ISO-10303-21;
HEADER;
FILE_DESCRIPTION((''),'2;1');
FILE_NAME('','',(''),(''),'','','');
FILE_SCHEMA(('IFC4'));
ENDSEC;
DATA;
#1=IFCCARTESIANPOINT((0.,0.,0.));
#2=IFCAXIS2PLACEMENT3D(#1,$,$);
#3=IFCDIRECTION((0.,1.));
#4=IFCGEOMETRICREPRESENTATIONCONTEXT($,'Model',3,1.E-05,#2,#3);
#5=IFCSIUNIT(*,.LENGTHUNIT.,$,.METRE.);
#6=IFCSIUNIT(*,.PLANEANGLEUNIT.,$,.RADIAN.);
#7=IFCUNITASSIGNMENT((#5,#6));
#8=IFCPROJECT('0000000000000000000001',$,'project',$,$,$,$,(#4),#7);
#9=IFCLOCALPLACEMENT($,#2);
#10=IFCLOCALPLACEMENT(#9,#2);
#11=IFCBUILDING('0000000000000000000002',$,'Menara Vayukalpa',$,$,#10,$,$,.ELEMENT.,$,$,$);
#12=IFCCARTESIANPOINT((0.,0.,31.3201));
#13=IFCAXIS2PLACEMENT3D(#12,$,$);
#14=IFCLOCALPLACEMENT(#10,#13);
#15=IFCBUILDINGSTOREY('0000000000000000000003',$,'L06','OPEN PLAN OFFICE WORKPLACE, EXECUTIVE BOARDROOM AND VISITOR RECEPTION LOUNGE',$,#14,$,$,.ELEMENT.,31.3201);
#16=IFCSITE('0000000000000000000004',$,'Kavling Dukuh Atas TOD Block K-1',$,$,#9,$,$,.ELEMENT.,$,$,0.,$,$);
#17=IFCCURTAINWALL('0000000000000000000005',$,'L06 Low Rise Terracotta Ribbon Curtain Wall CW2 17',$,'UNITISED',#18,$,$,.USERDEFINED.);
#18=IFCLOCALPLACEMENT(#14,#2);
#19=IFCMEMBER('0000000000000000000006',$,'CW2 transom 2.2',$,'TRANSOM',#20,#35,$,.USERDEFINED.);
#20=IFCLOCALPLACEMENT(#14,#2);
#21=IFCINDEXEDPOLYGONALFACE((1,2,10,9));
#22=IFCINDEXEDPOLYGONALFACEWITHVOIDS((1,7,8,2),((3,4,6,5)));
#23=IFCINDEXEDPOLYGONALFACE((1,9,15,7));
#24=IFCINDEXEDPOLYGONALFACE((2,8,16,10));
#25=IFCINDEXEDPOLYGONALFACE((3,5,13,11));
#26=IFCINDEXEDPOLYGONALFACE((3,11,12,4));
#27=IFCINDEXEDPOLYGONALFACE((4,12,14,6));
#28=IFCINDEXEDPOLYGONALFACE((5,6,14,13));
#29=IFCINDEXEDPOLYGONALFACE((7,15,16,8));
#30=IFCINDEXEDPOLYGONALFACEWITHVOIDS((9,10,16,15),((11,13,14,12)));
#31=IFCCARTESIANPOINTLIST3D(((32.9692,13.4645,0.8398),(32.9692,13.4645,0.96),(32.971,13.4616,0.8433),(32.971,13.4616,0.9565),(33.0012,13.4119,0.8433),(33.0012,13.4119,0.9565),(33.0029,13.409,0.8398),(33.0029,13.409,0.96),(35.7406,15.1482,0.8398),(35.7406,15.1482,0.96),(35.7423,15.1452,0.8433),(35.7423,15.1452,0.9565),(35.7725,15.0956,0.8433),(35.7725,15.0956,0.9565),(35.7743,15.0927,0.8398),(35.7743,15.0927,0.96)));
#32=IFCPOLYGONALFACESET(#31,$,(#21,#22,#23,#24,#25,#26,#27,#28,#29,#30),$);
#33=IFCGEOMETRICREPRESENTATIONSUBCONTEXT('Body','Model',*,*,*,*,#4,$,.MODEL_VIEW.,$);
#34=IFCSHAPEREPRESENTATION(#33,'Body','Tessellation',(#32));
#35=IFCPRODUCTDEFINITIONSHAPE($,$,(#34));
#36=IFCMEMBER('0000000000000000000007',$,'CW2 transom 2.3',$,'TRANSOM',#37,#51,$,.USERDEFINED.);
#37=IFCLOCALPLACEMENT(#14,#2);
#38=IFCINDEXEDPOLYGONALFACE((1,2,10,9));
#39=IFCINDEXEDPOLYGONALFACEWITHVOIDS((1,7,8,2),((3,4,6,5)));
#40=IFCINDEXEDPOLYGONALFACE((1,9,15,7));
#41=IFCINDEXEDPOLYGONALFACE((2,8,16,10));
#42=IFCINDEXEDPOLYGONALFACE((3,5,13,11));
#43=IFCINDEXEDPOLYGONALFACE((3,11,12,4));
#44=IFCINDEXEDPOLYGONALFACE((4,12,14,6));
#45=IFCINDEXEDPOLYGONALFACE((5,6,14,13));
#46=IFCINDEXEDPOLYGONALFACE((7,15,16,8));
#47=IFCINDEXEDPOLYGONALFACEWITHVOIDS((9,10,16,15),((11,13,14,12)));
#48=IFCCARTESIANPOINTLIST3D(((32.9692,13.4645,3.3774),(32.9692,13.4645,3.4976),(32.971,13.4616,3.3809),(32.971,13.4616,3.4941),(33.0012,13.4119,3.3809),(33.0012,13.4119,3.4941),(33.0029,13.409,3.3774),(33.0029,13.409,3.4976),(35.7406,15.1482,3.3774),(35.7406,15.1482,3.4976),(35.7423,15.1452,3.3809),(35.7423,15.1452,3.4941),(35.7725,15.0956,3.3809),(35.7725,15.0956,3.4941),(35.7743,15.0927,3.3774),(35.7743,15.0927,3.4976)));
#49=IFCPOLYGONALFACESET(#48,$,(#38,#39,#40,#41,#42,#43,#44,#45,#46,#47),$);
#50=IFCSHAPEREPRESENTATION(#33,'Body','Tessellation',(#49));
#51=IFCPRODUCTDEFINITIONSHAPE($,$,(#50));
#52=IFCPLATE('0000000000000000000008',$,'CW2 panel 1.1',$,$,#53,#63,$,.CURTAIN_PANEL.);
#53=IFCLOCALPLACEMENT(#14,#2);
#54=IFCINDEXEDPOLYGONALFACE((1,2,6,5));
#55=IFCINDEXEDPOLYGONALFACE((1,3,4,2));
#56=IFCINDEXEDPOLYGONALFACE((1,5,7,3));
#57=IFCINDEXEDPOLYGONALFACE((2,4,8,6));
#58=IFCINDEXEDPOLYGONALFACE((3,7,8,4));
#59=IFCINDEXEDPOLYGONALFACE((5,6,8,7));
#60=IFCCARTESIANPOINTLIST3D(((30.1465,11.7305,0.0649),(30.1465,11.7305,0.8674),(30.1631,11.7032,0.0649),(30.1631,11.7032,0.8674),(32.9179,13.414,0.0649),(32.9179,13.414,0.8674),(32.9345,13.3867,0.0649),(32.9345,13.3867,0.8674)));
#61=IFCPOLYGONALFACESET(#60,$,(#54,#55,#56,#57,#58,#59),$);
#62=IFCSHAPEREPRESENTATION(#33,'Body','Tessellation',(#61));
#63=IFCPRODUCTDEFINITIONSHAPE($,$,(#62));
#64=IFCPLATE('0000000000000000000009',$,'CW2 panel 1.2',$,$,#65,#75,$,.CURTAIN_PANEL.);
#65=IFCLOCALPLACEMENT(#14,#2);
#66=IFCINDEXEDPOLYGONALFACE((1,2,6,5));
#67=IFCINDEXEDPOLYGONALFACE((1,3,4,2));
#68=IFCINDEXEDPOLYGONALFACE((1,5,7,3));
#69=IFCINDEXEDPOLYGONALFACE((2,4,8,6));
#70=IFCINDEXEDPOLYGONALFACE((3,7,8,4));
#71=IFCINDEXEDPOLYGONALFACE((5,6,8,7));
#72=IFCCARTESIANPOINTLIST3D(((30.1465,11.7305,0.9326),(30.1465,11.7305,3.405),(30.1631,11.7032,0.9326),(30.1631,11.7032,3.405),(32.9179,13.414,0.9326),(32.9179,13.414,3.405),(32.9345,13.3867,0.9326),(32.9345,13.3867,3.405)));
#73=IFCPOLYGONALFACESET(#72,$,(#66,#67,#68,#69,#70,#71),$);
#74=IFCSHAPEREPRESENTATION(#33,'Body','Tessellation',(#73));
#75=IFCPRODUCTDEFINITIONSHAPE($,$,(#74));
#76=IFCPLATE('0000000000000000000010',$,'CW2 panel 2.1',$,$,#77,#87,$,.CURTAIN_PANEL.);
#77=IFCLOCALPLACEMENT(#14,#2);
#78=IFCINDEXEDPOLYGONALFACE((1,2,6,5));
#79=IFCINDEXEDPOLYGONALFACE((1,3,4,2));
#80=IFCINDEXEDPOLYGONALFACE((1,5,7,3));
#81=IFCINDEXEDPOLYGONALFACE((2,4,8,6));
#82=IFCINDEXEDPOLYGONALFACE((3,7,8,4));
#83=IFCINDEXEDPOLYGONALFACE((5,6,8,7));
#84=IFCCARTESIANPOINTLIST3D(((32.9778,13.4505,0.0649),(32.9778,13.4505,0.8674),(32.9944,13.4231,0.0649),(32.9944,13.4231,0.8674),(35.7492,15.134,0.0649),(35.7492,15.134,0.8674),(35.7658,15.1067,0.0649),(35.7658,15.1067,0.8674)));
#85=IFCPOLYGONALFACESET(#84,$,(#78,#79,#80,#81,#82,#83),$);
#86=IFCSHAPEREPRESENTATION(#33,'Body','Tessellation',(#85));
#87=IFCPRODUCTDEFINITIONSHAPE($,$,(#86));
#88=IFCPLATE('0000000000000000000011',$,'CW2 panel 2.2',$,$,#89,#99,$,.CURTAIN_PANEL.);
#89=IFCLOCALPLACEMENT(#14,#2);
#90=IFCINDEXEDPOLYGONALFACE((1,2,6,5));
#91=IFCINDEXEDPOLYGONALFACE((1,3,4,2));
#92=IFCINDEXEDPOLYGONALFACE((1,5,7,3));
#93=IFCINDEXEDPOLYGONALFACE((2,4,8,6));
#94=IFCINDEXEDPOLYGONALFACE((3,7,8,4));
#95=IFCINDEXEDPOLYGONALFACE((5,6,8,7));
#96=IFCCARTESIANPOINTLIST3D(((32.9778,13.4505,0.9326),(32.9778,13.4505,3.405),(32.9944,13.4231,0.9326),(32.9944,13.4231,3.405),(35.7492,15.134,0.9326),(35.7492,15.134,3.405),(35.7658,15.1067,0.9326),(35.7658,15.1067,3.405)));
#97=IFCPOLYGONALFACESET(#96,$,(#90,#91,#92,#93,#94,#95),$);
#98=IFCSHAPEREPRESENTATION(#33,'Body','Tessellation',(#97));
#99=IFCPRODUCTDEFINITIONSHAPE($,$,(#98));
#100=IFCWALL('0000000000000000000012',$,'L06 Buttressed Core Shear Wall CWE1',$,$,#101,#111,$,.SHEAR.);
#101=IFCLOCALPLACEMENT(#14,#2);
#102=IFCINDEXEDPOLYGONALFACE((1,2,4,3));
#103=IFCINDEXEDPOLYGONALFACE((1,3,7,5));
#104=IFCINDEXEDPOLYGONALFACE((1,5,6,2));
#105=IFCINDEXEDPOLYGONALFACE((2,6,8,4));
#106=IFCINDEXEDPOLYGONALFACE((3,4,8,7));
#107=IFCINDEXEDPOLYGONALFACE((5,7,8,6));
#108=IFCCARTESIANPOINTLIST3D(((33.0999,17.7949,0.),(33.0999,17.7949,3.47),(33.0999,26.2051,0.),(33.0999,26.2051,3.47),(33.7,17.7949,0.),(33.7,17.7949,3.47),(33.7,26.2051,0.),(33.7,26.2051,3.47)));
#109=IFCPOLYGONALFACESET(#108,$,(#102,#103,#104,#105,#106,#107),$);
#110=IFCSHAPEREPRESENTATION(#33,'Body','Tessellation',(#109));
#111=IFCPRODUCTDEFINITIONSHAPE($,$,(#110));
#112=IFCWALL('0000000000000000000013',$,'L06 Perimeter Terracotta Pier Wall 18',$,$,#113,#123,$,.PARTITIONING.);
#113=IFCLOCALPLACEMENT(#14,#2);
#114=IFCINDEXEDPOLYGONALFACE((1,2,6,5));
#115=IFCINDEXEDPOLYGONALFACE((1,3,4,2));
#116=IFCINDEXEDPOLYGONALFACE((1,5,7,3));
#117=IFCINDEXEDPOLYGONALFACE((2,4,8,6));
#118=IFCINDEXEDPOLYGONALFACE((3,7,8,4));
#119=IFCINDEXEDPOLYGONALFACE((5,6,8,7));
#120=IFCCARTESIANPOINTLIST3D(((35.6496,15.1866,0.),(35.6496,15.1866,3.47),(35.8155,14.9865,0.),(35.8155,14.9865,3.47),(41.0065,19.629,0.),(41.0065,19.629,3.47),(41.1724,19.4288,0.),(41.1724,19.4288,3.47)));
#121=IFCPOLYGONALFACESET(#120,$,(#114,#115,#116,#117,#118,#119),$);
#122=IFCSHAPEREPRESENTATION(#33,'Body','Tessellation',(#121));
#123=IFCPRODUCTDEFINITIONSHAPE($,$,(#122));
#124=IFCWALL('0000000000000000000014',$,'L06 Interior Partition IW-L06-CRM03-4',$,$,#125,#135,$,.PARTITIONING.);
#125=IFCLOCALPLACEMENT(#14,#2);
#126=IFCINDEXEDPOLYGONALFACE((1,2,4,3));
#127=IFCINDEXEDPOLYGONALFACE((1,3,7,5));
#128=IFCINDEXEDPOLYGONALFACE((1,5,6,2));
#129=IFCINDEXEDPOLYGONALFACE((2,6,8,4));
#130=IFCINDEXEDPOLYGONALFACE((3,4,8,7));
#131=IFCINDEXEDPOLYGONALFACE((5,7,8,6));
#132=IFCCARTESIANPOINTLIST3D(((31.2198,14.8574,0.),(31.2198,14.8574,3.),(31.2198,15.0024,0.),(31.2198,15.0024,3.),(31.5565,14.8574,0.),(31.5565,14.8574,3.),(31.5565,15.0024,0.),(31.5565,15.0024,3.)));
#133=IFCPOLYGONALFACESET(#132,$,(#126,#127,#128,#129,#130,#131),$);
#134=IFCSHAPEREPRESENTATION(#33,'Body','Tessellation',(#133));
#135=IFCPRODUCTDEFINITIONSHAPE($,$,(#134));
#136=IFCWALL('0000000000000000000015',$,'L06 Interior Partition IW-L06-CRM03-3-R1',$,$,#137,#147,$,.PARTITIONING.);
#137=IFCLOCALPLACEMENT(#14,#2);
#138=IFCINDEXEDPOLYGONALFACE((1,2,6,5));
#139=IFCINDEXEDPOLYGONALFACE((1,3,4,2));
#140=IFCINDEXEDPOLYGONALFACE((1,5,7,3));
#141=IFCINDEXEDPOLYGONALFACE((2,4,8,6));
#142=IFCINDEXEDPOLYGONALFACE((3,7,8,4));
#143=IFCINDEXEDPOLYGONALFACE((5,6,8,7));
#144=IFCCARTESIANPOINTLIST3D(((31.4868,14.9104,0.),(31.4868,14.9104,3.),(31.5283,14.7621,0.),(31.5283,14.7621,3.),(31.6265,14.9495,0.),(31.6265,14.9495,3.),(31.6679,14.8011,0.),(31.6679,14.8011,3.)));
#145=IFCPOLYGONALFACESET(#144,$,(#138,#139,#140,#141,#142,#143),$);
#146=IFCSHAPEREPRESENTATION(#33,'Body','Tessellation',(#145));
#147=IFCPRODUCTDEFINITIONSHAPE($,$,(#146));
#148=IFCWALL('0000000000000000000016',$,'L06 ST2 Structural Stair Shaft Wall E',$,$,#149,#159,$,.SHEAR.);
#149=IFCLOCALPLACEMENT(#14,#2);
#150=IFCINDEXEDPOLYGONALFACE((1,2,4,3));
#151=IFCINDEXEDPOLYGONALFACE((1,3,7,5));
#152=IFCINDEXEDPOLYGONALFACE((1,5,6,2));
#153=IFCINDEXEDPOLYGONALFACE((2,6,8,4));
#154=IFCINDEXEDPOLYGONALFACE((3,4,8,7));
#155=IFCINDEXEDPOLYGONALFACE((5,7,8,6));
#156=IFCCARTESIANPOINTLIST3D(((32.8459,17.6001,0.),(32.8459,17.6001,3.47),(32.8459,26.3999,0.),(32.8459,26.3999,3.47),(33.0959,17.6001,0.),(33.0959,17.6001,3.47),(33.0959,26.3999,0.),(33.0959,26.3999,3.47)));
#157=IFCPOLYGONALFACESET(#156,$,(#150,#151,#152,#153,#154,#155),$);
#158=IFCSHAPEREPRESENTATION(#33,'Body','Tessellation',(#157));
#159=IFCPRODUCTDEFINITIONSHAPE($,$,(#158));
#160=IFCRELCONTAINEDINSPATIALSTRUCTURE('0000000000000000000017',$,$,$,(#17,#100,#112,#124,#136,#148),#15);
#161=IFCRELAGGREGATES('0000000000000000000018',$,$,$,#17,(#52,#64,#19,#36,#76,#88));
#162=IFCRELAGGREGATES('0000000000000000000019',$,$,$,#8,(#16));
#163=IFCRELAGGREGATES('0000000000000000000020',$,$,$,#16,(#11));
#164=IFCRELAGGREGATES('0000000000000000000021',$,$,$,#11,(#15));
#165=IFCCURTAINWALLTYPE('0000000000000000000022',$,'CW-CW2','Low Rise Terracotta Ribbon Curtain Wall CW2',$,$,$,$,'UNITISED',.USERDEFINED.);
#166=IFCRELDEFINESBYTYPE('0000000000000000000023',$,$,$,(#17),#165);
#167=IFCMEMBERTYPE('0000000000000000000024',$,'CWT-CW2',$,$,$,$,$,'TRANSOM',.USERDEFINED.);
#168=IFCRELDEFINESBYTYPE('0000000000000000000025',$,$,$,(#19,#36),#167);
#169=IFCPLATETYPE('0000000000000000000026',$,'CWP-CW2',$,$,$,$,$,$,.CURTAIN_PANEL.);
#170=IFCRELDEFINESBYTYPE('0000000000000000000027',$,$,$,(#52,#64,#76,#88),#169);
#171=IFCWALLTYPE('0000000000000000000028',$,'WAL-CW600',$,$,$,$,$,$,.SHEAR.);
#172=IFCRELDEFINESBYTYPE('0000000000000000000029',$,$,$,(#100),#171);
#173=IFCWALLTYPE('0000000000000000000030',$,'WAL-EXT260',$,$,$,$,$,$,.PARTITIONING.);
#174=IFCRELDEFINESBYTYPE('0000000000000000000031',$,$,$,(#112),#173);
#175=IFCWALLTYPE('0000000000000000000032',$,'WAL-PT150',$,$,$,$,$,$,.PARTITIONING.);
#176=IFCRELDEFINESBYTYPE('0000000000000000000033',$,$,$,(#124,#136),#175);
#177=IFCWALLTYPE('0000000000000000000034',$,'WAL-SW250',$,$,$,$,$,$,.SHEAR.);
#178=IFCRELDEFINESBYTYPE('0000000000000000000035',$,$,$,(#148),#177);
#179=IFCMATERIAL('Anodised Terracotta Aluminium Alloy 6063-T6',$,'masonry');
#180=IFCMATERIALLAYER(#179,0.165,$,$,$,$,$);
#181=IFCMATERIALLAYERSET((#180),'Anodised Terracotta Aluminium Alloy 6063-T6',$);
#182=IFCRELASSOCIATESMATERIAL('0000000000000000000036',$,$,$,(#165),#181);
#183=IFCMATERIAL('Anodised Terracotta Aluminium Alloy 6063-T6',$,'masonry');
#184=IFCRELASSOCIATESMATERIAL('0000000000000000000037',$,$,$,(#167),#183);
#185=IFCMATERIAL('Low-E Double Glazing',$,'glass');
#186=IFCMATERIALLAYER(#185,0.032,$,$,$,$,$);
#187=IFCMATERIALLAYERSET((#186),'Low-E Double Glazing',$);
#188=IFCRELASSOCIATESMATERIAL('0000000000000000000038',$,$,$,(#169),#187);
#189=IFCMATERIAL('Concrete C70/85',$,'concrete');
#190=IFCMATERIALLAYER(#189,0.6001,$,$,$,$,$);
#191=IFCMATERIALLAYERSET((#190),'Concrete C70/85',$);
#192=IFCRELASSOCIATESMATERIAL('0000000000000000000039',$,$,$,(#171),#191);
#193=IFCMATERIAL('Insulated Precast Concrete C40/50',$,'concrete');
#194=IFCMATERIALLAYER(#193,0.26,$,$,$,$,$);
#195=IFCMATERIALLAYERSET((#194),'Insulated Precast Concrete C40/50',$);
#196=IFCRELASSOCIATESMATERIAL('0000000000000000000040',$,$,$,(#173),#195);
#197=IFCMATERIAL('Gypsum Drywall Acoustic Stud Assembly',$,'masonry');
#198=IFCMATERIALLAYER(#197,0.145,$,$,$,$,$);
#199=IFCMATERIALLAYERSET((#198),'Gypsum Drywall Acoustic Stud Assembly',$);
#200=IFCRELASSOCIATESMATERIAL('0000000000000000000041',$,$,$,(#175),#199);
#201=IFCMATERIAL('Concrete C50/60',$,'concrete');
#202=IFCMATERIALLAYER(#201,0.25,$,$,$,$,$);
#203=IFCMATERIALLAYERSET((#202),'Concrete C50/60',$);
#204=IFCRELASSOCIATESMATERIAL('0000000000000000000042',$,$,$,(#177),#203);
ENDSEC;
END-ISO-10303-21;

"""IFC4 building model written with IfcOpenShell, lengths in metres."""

from ifc_helpers import new_model, si_unit, direction, frame, frame_2d, origin, origin_2d, place, context, subcontext, project, spatial, rectangle, hollow_rectangle, extrude, material, layer, layer_set, material_profile, profile_set, type_object, element, aggregate, save


model = new_model("IFC4")

# Units and contexts
model_context = context("Model", 3, precision=1e-05, world=origin(), true_north=direction((0.0, 1.0)))
body_context = subcontext(model_context, "Body", "Model", "MODEL_VIEW")
ifc_project = project(units=[si_unit("LENGTHUNIT", "METRE"), si_unit("PLANEANGLEUNIT", "RADIAN")], contexts=[model_context])

# Site, building, storey
site_placement = place(None, origin())
site = spatial("IfcSite", under=ifc_project, at=site_placement, Name="Kavling Dukuh Atas TOD Block K-1", CompositionType="ELEMENT", RefElevation=0.0)
building_placement = place(site_placement, origin())
building = spatial("IfcBuilding", under=site, at=building_placement, Name="Menara Vayukalpa", CompositionType="ELEMENT")
storey_placement = place(building_placement, frame((0.0, 0.0, 31.3201)))
storey = spatial("IfcBuildingStorey", under=building, at=storey_placement, Name="L06", Description="OPEN PLAN OFFICE WORKPLACE, EXECUTIVE BOARDROOM AND VISITOR RECEPTION LOUNGE", CompositionType="ELEMENT", Elevation=31.3201)

# Curtain wall, members, plates
ifc_material_1 = material(Name="Anodised Terracotta Aluminium Alloy 6063-T6", Category="masonry")
ifc_layer_1 = layer(ifc_material_1, 0.165)
ifc_layer_set_1 = layer_set([ifc_layer_1], Name="Anodised Terracotta Aluminium Alloy 6063-T6")
curtain_wall_type = type_object("IfcCurtainWallType", Name="CW-CW2", Description="Low Rise Terracotta Ribbon Curtain Wall CW2", ElementType="UNITISED", PredefinedType="USERDEFINED", material=ifc_layer_set_1)
curtain_wall_placement = place(storey_placement, origin())
curtain_wall = element("IfcCurtainWall", 1, at=curtain_wall_placement, inside=storey, type_object=curtain_wall_type, Name="L06 Low Rise Terracotta Ribbon Curtain Wall CW2 17", ObjectType="UNITISED", PredefinedType="USERDEFINED")
ifc_material_2 = material(Name="Anodised Terracotta Aluminium Alloy 6063-T6", Category="masonry")
ifc_material_profile_1 = material_profile(ifc_material_2, hollow_rectangle(XDim=0.0649, YDim=0.1201, WallThickness=0.0034, at=origin_2d()), Name="ALU 65x120x3.5")
ifc_profile_set_1 = profile_set([ifc_material_profile_1], Name="Anodised Terracotta Aluminium Alloy 6063-T6")
member_type_1 = type_object("IfcMemberType", Name="CWT-CW2", ElementType="TRANSOM", PredefinedType="USERDEFINED", material=ifc_profile_set_1)
member_1_placement = place(storey_placement, frame((32.9861, 13.4368, 0.8999), z_axis=(0.854643, 0.519216, 0.0), x_axis=(-0.519216, 0.854643, 0.0)))
member_1 = element("IfcMember", 2, at=member_1_placement, type_object=member_type_1, Name="CW2 transom 2.2", ObjectType="TRANSOM", PredefinedType="USERDEFINED", context=body_context, shape_type="SweptSolid", body=[
    extrude(hollow_rectangle(XDim=0.0649, YDim=0.1201, WallThickness=0.0034, at=origin_2d()), origin(), (0.0, 0.0, 1.0), 3.2427),
])
member_2_placement = place(storey_placement, frame((32.9861, 13.4368, 3.4375), z_axis=(0.854643, 0.519216, 0.0), x_axis=(-0.519216, 0.854643, 0.0)))
member_2 = element("IfcMember", 3, at=member_2_placement, type_object=member_type_1, Name="CW2 transom 2.3", ObjectType="TRANSOM", PredefinedType="USERDEFINED", context=body_context, shape_type="SweptSolid", body=[
    extrude(hollow_rectangle(XDim=0.0649, YDim=0.1201, WallThickness=0.0034, at=origin_2d()), origin(), (0.0, 0.0, 1.0), 3.2427),
])
ifc_material_3 = material(Name="Low-E Double Glazing", Category="glass")
ifc_layer_2 = layer(ifc_material_3, 0.032)
ifc_layer_set_2 = layer_set([ifc_layer_2], Name="Low-E Double Glazing")
plate_type = type_object("IfcPlateType", Name="CWP-CW2", PredefinedType="CURTAIN_PANEL", material=ifc_layer_set_2)
plate_1_placement = place(storey_placement, frame((31.5405, 12.5586, 0.0649), z_axis=(0.0, 0.0, 1.0), x_axis=(0.854664, 0.519182, 0.0)))
plate_1 = element("IfcPlate", 4, at=plate_1_placement, type_object=plate_type, Name="CW2 panel 1.1", PredefinedType="CURTAIN_PANEL", context=body_context, shape_type="SweptSolid", body=[
    extrude(rectangle(XDim=3.2427, YDim=0.032, at=origin_2d()), origin(), (0.0, 0.0, 1.0), 0.8025),
])
plate_2_placement = place(storey_placement, frame((31.5405, 12.5586, 0.9326), z_axis=(0.0, 0.0, 1.0), x_axis=(0.854664, 0.519182, 0.0)))
plate_2 = element("IfcPlate", 5, at=plate_2_placement, type_object=plate_type, Name="CW2 panel 1.2", PredefinedType="CURTAIN_PANEL", context=body_context, shape_type="SweptSolid", body=[
    extrude(rectangle(XDim=3.2427, YDim=0.032, at=origin_2d()), origin(), (0.0, 0.0, 1.0), 2.4724),
])
plate_3_placement = place(storey_placement, frame((34.3718, 14.2786, 0.0649), z_axis=(0.0, 0.0, 1.0), x_axis=(0.854664, 0.519182, 0.0)))
plate_3 = element("IfcPlate", 6, at=plate_3_placement, type_object=plate_type, Name="CW2 panel 2.1", PredefinedType="CURTAIN_PANEL", context=body_context, shape_type="SweptSolid", body=[
    extrude(rectangle(XDim=3.2427, YDim=0.032, at=origin_2d()), origin(), (0.0, 0.0, 1.0), 0.8025),
])
plate_4_placement = place(storey_placement, frame((34.3718, 14.2786, 0.9326), z_axis=(0.0, 0.0, 1.0), x_axis=(0.854664, 0.519182, 0.0)))
plate_4 = element("IfcPlate", 7, at=plate_4_placement, type_object=plate_type, Name="CW2 panel 2.2", PredefinedType="CURTAIN_PANEL", context=body_context, shape_type="SweptSolid", body=[
    extrude(rectangle(XDim=3.2427, YDim=0.032, at=origin_2d()), origin(), (0.0, 0.0, 1.0), 2.4724),
])
aggregate(curtain_wall, [plate_1, plate_2, member_1, member_2, plate_3, plate_4])

# Walls
ifc_material_4 = material(Name="Concrete C70/85", Category="concrete")
ifc_layer_3 = layer(ifc_material_4, 0.6001)
ifc_layer_set_3 = layer_set([ifc_layer_3], Name="Concrete C70/85")
wall_type_1 = type_object("IfcWallType", Name="WAL-CW600", PredefinedType="SHEAR", material=ifc_layer_set_3)
wall_1_placement = place(storey_placement, frame((33.3999, 17.7949, 0.0), z_axis=(0.0, 0.0, 1.0), x_axis=(0.0, 1.0, 0.0)))
element("IfcWall", 8, at=wall_1_placement, inside=storey, type_object=wall_type_1, Name="L06 Buttressed Core Shear Wall CWE1", PredefinedType="SHEAR", context=body_context, shape_type="SweptSolid", body=[
    extrude(rectangle(XDim=8.4102, YDim=0.6001, at=frame_2d((4.2051, 0.0))), origin(), (0.0, 0.0, 1.0), 3.47),
])
ifc_material_5 = material(Name="Insulated Precast Concrete C40/50", Category="concrete")
ifc_layer_4 = layer(ifc_material_5, 0.26)
ifc_layer_set_4 = layer_set([ifc_layer_4], Name="Insulated Precast Concrete C40/50")
wall_type_2 = type_object("IfcWallType", Name="WAL-EXT260", PredefinedType="PARTITIONING", material=ifc_layer_set_4)
wall_2_placement = place(storey_placement, frame((41.0894, 19.5288, 0.0), z_axis=(0.0, 0.0, 1.0), x_axis=(-0.769755, -0.63834, 0.0)))
element("IfcWall", 9, at=wall_2_placement, inside=storey, type_object=wall_type_2, Name="L06 Perimeter Terracotta Pier Wall 18", PredefinedType="PARTITIONING", context=body_context, shape_type="SweptSolid", body=[
    extrude(rectangle(XDim=6.9592, YDim=0.26, at=frame_2d((3.4795, 0.0))), origin(), (0.0, 0.0, 1.0), 3.47),
])
ifc_material_6 = material(Name="Gypsum Drywall Acoustic Stud Assembly", Category="masonry")
ifc_layer_5 = layer(ifc_material_6, 0.145)
ifc_layer_set_5 = layer_set([ifc_layer_5], Name="Gypsum Drywall Acoustic Stud Assembly")
wall_type_3 = type_object("IfcWallType", Name="WAL-PT150", PredefinedType="PARTITIONING", material=ifc_layer_set_5)
wall_3_placement = place(storey_placement, frame((31.5566, 14.9299, 0.0), z_axis=(0.0, 0.0, 1.0), x_axis=(-1.0, 0.0, 0.0)))
element("IfcWall", 10, at=wall_3_placement, inside=storey, type_object=wall_type_3, Name="L06 Interior Partition IW-L06-CRM03-4", PredefinedType="PARTITIONING", context=body_context, shape_type="SweptSolid", body=[
    extrude(rectangle(XDim=0.3367, YDim=0.145, at=frame_2d((0.1685, 0.0))), origin(), (0.0, 0.0, 1.0), 3.0),
])
wall_4_placement = place(storey_placement, frame((31.5981, 14.7815, 0.0), z_axis=(0.0, 0.0, 1.0), x_axis=(-0.269277, 0.963063, 0.0)))
element("IfcWall", 11, at=wall_4_placement, inside=storey, type_object=wall_type_3, Name="L06 Interior Partition IW-L06-CRM03-3-R1", PredefinedType="PARTITIONING", context=body_context, shape_type="SweptSolid", body=[
    extrude(rectangle(XDim=0.1541, YDim=0.145, at=frame_2d((0.0771, 0.0))), origin(), (0.0, 0.0, 1.0), 3.0),
])
ifc_material_7 = material(Name="Concrete C50/60", Category="concrete")
ifc_layer_6 = layer(ifc_material_7, 0.25)
ifc_layer_set_6 = layer_set([ifc_layer_6], Name="Concrete C50/60")
wall_type_4 = type_object("IfcWallType", Name="WAL-SW250", PredefinedType="SHEAR", material=ifc_layer_set_6)
wall_5_placement = place(storey_placement, frame((32.9709, 17.6001, 0.0), z_axis=(0.0, 0.0, 1.0), x_axis=(0.0, 1.0, 0.0)))
element("IfcWall", 12, at=wall_5_placement, inside=storey, type_object=wall_type_4, Name="L06 ST2 Structural Stair Shaft Wall E", PredefinedType="SHEAR", context=body_context, shape_type="SweptSolid", body=[
    extrude(rectangle(XDim=8.7998, YDim=0.25, at=frame_2d((4.3999, 0.0))), origin(), (0.0, 0.0, 1.0), 3.47),
])

save(model, "model.ifc")
